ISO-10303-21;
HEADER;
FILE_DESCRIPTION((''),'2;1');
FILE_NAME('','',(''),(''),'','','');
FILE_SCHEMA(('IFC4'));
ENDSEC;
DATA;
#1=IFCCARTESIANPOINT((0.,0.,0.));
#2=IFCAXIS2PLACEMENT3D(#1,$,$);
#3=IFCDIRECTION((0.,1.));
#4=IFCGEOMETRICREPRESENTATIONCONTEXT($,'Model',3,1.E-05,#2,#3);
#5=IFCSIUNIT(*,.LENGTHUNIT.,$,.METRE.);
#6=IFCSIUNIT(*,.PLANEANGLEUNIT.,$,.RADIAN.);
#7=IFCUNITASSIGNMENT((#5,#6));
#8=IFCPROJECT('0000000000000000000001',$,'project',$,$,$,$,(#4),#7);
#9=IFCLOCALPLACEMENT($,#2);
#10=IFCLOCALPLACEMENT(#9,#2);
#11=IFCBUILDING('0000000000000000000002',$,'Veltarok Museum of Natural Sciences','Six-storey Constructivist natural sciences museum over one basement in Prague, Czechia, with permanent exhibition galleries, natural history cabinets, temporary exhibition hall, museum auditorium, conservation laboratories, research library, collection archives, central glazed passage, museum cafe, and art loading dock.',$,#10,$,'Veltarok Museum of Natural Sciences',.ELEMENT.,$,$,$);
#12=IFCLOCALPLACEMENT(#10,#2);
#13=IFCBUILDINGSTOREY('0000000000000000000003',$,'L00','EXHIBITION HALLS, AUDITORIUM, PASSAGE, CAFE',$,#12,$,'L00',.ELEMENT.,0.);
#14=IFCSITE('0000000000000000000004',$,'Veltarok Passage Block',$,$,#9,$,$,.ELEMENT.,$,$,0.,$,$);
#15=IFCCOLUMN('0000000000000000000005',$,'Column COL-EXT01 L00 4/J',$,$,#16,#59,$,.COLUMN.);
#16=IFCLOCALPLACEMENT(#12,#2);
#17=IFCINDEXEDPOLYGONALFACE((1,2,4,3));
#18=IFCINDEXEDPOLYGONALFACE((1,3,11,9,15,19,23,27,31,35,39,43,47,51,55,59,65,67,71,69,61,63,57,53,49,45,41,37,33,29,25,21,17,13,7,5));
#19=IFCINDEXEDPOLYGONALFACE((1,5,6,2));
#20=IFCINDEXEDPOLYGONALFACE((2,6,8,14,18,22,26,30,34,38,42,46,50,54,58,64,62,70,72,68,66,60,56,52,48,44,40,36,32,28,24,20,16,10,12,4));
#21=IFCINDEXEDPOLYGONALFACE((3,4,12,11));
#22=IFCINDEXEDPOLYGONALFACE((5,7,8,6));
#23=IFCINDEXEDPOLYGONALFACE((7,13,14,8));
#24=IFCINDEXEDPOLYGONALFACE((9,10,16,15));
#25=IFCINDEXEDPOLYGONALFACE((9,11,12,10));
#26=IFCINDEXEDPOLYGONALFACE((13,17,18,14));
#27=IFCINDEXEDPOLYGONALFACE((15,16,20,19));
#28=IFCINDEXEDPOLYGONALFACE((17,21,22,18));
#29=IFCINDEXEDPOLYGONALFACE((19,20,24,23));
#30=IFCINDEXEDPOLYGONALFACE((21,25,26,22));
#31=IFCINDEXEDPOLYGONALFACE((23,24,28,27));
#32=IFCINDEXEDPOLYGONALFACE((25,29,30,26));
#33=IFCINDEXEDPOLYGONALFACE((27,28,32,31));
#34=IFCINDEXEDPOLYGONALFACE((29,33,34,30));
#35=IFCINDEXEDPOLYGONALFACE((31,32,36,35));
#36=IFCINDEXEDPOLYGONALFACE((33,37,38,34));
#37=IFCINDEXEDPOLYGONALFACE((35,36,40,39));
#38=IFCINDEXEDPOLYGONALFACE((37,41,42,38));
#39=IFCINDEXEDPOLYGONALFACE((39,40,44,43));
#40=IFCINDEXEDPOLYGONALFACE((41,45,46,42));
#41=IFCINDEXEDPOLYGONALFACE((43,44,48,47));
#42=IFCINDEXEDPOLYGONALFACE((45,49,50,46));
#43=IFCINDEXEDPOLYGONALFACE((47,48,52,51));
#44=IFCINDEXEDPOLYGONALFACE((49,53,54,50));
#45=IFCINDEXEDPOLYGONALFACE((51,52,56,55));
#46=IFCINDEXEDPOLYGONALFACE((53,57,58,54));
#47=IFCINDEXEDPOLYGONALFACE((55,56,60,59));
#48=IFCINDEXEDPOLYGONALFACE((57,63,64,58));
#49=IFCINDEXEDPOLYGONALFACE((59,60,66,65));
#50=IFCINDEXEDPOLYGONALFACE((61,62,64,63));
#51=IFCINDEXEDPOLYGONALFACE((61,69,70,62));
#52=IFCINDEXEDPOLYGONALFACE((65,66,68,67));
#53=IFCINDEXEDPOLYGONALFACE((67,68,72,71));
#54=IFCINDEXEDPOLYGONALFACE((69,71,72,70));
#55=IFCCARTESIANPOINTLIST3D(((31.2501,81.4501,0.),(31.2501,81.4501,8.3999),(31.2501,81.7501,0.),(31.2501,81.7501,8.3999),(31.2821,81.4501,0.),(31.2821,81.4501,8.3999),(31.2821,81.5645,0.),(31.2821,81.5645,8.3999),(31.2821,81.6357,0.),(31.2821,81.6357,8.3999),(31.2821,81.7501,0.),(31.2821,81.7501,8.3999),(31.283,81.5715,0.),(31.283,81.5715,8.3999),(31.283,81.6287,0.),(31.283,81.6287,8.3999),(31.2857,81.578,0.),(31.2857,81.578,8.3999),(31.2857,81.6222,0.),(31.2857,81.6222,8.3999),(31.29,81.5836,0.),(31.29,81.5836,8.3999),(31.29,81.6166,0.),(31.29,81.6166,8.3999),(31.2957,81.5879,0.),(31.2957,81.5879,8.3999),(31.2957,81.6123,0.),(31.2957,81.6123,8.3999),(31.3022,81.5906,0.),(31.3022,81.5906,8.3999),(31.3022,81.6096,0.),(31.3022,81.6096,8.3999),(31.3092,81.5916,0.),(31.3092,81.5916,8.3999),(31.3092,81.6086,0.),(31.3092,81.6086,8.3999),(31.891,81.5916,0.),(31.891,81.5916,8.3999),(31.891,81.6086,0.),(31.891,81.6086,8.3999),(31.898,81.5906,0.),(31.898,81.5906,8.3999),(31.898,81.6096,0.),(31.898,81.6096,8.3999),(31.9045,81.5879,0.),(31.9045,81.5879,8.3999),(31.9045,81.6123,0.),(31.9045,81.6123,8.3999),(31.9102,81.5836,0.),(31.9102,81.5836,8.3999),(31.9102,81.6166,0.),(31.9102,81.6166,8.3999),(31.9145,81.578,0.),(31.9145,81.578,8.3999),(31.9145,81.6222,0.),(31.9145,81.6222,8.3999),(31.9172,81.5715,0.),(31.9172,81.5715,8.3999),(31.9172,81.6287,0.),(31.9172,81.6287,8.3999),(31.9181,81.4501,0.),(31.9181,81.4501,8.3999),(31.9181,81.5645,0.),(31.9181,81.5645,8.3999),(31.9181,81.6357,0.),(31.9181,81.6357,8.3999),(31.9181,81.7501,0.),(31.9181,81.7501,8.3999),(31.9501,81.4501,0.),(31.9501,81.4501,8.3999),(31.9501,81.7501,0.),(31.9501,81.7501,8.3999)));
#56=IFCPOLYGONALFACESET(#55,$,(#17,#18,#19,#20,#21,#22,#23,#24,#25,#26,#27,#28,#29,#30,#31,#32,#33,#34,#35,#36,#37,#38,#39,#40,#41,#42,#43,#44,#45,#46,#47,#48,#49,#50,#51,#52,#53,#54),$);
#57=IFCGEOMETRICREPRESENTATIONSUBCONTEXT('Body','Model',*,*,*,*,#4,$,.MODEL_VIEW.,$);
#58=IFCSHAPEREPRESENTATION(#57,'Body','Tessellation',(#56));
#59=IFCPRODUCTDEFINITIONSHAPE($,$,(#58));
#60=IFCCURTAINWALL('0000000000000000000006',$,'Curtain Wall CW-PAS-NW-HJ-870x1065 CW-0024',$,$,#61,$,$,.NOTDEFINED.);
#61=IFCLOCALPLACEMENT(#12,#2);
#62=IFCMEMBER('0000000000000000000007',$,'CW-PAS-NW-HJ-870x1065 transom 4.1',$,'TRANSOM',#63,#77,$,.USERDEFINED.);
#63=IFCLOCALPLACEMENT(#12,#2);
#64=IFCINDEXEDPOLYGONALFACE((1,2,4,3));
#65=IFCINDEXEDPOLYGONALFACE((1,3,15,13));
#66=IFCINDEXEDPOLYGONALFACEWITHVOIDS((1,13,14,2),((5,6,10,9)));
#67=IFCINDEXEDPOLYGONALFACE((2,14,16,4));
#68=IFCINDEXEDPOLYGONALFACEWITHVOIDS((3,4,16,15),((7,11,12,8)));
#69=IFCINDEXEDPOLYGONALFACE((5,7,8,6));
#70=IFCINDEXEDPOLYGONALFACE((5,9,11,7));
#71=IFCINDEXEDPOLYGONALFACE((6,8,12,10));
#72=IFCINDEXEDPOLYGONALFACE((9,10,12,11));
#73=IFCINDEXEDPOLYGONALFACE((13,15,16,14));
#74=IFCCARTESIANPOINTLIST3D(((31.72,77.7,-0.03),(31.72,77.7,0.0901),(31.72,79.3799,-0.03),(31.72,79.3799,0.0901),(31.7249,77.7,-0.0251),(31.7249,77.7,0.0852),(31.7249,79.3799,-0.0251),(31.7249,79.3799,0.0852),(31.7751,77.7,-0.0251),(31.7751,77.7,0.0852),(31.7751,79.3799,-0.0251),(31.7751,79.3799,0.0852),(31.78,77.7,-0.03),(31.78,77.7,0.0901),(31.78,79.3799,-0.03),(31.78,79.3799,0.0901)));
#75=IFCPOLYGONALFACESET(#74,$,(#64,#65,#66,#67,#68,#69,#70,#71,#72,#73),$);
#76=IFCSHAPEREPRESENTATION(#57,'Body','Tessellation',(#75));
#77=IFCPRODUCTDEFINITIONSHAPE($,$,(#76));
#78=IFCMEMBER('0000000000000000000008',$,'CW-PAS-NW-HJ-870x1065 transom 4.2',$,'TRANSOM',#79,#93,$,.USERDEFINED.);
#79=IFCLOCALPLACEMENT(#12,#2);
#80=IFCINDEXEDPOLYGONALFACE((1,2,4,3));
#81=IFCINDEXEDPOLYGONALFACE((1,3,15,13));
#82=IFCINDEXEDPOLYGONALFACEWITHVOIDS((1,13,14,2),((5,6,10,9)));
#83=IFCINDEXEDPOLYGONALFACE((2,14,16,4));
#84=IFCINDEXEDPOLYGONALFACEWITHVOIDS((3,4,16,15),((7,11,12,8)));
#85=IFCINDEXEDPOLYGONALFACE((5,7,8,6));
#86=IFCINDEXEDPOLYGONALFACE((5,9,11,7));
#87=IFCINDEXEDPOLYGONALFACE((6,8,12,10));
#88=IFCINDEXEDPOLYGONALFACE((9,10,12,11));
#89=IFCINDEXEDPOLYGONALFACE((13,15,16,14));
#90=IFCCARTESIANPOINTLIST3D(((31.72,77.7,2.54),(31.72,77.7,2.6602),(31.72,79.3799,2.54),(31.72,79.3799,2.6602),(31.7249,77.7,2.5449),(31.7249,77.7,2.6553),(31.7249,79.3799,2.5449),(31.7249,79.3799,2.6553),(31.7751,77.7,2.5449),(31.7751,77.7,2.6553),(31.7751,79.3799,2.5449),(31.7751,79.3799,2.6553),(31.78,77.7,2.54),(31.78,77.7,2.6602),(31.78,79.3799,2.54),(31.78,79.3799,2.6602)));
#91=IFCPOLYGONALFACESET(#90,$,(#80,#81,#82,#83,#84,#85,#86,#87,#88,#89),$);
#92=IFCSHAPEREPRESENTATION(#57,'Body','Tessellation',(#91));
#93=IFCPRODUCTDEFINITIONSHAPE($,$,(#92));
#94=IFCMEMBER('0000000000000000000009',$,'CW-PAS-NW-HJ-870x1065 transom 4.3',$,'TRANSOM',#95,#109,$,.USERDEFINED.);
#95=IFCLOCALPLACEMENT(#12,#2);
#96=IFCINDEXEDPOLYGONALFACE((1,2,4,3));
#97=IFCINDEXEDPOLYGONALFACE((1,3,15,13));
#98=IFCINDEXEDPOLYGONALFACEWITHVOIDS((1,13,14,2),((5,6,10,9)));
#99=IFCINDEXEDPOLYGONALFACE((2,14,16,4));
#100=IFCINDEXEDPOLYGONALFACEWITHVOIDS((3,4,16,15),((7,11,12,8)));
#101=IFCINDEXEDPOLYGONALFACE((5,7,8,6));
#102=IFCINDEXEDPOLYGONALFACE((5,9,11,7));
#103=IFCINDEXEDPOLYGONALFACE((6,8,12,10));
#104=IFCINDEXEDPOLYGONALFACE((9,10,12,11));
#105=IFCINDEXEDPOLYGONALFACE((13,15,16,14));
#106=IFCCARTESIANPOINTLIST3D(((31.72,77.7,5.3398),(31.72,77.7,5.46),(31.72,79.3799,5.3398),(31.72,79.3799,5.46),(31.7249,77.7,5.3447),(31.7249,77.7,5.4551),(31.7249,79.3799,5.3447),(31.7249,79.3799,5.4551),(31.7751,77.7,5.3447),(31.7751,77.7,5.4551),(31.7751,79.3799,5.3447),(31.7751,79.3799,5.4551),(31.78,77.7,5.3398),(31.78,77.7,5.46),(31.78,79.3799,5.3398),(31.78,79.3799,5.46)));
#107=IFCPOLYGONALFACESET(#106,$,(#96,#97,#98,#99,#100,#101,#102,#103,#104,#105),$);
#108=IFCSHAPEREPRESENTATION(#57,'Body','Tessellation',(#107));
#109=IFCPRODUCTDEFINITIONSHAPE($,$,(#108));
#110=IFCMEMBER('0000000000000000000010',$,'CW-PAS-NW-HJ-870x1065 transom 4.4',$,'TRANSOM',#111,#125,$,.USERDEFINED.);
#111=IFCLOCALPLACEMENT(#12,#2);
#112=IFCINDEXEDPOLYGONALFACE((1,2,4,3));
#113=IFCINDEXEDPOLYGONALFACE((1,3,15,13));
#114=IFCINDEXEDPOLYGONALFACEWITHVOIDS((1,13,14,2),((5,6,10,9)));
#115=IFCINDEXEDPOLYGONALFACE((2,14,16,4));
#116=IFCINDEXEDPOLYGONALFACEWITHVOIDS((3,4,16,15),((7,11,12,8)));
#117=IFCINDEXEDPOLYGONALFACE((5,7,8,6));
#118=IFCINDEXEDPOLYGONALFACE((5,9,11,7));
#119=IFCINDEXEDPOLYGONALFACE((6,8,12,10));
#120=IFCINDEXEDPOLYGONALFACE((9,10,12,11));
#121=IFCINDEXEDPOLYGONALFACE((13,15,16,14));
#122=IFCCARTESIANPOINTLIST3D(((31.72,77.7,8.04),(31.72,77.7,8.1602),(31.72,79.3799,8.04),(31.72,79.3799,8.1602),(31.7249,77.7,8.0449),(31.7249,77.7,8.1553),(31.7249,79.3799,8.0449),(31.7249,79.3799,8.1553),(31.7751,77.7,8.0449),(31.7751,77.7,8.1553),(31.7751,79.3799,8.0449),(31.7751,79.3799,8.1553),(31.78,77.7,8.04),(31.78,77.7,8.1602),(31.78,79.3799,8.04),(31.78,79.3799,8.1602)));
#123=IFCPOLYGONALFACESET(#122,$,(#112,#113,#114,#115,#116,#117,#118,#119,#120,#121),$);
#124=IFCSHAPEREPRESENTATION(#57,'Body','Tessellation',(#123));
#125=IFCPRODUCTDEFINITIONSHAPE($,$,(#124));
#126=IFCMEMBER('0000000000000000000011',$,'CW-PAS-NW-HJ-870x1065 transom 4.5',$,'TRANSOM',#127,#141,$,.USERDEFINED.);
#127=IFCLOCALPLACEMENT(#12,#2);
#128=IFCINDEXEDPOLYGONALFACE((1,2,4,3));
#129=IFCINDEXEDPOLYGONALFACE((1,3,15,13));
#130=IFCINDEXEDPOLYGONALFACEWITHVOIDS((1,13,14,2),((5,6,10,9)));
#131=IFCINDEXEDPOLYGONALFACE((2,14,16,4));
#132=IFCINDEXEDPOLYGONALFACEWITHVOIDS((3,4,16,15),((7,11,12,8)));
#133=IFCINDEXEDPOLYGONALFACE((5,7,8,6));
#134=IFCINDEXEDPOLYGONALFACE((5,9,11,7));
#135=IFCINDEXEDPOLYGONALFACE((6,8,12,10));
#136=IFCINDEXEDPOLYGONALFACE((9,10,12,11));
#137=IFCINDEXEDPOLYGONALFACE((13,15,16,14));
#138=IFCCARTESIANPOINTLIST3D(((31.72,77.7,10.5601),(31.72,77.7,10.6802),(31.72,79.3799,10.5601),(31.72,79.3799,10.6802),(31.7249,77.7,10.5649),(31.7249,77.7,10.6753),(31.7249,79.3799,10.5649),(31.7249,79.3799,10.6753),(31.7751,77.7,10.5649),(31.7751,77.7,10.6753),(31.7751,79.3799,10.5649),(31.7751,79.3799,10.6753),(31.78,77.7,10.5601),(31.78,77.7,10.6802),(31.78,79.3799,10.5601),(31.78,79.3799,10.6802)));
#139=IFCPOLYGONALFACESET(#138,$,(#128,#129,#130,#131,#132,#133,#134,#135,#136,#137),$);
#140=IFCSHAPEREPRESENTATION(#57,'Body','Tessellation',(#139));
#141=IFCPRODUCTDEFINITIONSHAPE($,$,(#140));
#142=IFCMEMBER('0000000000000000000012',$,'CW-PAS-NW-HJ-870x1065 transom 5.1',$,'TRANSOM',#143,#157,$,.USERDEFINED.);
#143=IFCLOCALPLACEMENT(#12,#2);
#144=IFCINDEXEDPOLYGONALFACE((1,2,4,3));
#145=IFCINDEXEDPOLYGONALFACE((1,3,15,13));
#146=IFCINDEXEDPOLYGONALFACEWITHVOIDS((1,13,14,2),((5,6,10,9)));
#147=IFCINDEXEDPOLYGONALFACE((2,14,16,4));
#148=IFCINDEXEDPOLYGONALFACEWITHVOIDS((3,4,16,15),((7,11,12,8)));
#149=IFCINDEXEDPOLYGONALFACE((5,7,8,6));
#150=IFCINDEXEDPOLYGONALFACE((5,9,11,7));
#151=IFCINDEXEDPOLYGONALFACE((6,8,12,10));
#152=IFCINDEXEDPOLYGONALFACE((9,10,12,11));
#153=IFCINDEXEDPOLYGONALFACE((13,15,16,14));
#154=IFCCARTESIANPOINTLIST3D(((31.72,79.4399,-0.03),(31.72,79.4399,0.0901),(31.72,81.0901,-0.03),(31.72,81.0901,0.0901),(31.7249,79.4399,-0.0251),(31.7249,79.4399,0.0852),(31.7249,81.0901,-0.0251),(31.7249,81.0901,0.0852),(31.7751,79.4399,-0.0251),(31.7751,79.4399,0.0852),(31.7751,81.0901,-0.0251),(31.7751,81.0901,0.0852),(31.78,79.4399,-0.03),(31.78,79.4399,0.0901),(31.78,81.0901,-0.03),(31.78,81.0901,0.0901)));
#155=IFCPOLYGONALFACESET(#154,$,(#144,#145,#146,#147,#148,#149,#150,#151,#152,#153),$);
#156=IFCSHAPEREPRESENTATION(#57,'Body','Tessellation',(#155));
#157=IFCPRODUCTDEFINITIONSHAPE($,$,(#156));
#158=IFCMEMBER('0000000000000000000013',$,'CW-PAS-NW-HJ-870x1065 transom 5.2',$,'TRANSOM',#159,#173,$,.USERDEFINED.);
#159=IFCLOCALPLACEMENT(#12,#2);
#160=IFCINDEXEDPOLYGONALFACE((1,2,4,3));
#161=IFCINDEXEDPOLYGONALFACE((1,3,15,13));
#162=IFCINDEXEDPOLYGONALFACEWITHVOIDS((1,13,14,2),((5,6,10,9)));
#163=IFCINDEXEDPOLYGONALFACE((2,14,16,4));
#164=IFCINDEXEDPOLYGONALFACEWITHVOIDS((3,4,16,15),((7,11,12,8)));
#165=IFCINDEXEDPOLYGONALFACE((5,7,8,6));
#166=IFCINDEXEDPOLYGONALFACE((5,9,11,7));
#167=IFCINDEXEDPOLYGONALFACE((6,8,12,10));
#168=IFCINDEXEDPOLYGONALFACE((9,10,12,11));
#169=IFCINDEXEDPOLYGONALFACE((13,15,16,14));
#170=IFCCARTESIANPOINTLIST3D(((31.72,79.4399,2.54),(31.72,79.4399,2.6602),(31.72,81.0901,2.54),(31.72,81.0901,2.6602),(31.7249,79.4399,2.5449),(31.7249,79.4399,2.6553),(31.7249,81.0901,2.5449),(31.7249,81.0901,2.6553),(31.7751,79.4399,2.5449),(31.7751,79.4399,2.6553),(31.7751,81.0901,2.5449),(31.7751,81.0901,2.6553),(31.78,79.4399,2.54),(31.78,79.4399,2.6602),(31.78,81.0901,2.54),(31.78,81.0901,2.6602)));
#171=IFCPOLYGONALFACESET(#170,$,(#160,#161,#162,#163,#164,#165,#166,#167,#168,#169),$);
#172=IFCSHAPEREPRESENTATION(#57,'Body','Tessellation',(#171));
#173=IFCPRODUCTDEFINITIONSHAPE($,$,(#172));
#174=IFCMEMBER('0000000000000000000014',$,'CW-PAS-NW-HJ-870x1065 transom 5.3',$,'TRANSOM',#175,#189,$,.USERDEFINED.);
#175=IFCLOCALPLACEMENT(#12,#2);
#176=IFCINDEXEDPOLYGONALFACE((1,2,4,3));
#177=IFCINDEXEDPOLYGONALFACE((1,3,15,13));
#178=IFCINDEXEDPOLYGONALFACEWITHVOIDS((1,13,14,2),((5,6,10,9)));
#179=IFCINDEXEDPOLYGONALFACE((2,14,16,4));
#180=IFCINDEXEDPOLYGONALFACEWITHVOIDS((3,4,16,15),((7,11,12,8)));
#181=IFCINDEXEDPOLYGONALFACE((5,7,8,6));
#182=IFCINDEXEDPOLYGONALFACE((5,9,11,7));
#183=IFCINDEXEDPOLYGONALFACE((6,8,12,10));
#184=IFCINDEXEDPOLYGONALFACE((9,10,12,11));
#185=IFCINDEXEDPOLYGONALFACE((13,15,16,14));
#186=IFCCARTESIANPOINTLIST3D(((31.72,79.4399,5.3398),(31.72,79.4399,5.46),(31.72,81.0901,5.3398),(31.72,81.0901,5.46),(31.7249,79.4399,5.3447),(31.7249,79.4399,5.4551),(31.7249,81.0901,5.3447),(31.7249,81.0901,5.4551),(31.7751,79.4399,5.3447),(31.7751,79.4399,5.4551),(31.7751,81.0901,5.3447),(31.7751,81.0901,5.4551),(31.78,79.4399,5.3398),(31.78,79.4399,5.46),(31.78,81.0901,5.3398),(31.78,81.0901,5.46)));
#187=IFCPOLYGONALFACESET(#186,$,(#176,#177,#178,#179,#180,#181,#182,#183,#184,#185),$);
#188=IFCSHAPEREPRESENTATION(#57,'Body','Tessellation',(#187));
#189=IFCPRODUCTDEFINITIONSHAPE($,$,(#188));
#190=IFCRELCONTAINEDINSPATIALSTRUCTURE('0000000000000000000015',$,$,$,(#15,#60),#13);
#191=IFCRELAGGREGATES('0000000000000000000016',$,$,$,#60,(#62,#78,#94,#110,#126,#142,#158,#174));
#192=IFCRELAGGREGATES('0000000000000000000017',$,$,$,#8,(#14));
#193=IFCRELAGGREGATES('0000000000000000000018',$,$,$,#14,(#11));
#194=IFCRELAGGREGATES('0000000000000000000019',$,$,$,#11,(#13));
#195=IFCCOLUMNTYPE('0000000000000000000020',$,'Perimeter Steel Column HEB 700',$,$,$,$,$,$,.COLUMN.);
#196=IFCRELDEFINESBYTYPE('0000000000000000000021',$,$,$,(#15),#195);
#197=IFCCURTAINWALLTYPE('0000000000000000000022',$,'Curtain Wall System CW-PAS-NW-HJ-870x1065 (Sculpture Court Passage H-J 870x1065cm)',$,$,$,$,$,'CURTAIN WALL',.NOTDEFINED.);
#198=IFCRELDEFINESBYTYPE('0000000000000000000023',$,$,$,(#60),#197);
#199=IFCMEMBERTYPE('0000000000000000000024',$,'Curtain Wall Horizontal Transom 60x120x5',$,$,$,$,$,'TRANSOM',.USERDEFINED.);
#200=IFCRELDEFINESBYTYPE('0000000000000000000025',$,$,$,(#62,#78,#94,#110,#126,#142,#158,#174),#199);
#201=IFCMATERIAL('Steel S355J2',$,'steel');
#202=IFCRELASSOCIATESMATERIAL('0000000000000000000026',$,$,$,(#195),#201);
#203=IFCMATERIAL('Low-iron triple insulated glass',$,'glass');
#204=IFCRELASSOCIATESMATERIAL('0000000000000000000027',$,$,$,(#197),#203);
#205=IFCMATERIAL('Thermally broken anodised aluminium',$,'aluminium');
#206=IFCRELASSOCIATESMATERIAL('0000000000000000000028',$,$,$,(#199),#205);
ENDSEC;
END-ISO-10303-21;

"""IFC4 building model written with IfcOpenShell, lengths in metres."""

from ifc_helpers import new_model, si_unit, direction, frame, origin, origin_2d, place, context, subcontext, project, spatial, hollow_rectangle, i_section, extrude, material, material_profile, profile_set, type_object, element, aggregate, save


model = new_model("IFC4")

# Units and contexts
model_context = context("Model", 3, precision=1e-05, world=origin(), true_north=direction((0.0, 1.0)))
body_context = subcontext(model_context, "Body", "Model", "MODEL_VIEW")
ifc_project = project(units=[si_unit("LENGTHUNIT", "METRE"), si_unit("PLANEANGLEUNIT", "RADIAN")], contexts=[model_context])

# Site, building, storey
site_placement = place(None, origin())
site = spatial("IfcSite", under=ifc_project, at=site_placement, Name="Veltarok Passage Block", CompositionType="ELEMENT", RefElevation=0.0)
building_placement = place(site_placement, origin())
building = spatial("IfcBuilding", under=site, at=building_placement, Name="Veltarok Museum of Natural Sciences", Description="Six-storey Constructivist natural sciences museum over one basement in Prague, Czechia, with permanent exhibition galleries, natural history cabinets, temporary exhibition hall, museum auditorium, conservation laboratories, research library, collection archives, central glazed passage, museum cafe, and art loading dock.", LongName="Veltarok Museum of Natural Sciences", CompositionType="ELEMENT")
storey_placement = place(building_placement, origin())
storey = spatial("IfcBuildingStorey", under=building, at=storey_placement, Name="L00", Description="EXHIBITION HALLS, AUDITORIUM, PASSAGE, CAFE", LongName="L00", CompositionType="ELEMENT", Elevation=0.0)

# Column
ifc_material_1 = material(Name="Steel S355J2", Category="steel")
ifc_material_profile_1 = material_profile(ifc_material_1, i_section(OverallWidth=0.3, OverallDepth=0.7, WebThickness=0.0171, FlangeThickness=0.032, FilletRadius=0.0271, at=origin_2d()), Name="HEB 700")
ifc_profile_set_1 = profile_set([ifc_material_profile_1], Name="Steel S355J2")
column_type = type_object("IfcColumnType", Name="Perimeter Steel Column HEB 700", PredefinedType="COLUMN", material=ifc_profile_set_1)
column_placement = place(storey_placement, frame((31.6001, 81.6001, 0.0), z_axis=(0.0, 0.0, 1.0), x_axis=(0.0, 1.0, 0.0)))
element("IfcColumn", 1, at=column_placement, inside=storey, type_object=column_type, Name="Column COL-EXT01 L00 4/J", PredefinedType="COLUMN", context=body_context, shape_type="SweptSolid", body=[
    extrude(i_section(OverallWidth=0.3, OverallDepth=0.7, WebThickness=0.0171, FlangeThickness=0.032, FilletRadius=0.0271, at=origin_2d()), origin(), (0.0, 0.0, 1.0), 8.3999),
])

# Curtain wall, members
ifc_material_2 = material(Name="Low-iron triple insulated glass", Category="glass")
curtain_wall_type_1 = type_object("IfcCurtainWallType", Name="Curtain Wall System CW-PAS-NW-HJ-870x1065 (Sculpture Court Passage H-J 870x1065cm)", ElementType="CURTAIN WALL", PredefinedType="NOTDEFINED", material=ifc_material_2)
curtain_wall_1_placement = place(storey_placement, origin())
curtain_wall_1 = element("IfcCurtainWall", 2, at=curtain_wall_1_placement, inside=storey, type_object=curtain_wall_type_1, Name="Curtain Wall CW-PAS-NW-HJ-870x1065 CW-0024", PredefinedType="NOTDEFINED")
ifc_material_3 = material(Name="Thermally broken anodised aluminium", Category="aluminium")
ifc_material_profile_2 = material_profile(ifc_material_3, hollow_rectangle(XDim=0.0601, YDim=0.1201, WallThickness=0.0049, at=origin_2d()), Name="CW TRANSOM 60x120x5")
ifc_profile_set_2 = profile_set([ifc_material_profile_2], Name="Thermally broken anodised aluminium")
member_type_1 = type_object("IfcMemberType", Name="Curtain Wall Horizontal Transom 60x120x5", ElementType="TRANSOM", PredefinedType="USERDEFINED", material=ifc_profile_set_2)
member_1_placement = place(storey_placement, frame((31.75, 77.7, 0.03), z_axis=(0.0, 1.0, 0.0), x_axis=(-1.0, 0.0, 0.0)))
member_1 = element("IfcMember", 3, at=member_1_placement, type_object=member_type_1, Name="CW-PAS-NW-HJ-870x1065 transom 4.1", ObjectType="TRANSOM", PredefinedType="USERDEFINED", context=body_context, shape_type="SweptSolid", body=[
    extrude(hollow_rectangle(XDim=0.0601, YDim=0.1201, WallThickness=0.0049, at=origin_2d()), origin(), (0.0, 0.0, 1.0), 1.6799),
])
member_2_placement = place(storey_placement, frame((31.75, 77.7, 2.6001), z_axis=(0.0, 1.0, 0.0), x_axis=(-1.0, 0.0, 0.0)))
member_2 = element("IfcMember", 4, at=member_2_placement, type_object=member_type_1, Name="CW-PAS-NW-HJ-870x1065 transom 4.2", ObjectType="TRANSOM", PredefinedType="USERDEFINED", context=body_context, shape_type="SweptSolid", body=[
    extrude(hollow_rectangle(XDim=0.0601, YDim=0.1201, WallThickness=0.0049, at=origin_2d()), origin(), (0.0, 0.0, 1.0), 1.6799),
])
member_3_placement = place(storey_placement, frame((31.75, 77.7, 5.3999), z_axis=(0.0, 1.0, 0.0), x_axis=(-1.0, 0.0, 0.0)))
member_3 = element("IfcMember", 5, at=member_3_placement, type_object=member_type_1, Name="CW-PAS-NW-HJ-870x1065 transom 4.3", ObjectType="TRANSOM", PredefinedType="USERDEFINED", context=body_context, shape_type="SweptSolid", body=[
    extrude(hollow_rectangle(XDim=0.0601, YDim=0.1201, WallThickness=0.0049, at=origin_2d()), origin(), (0.0, 0.0, 1.0), 1.6799),
])
member_4_placement = place(storey_placement, frame((31.75, 77.7, 8.1001), z_axis=(0.0, 1.0, 0.0), x_axis=(-1.0, 0.0, 0.0)))
member_4 = element("IfcMember", 6, at=member_4_placement, type_object=member_type_1, Name="CW-PAS-NW-HJ-870x1065 transom 4.4", ObjectType="TRANSOM", PredefinedType="USERDEFINED", context=body_context, shape_type="SweptSolid", body=[
    extrude(hollow_rectangle(XDim=0.0601, YDim=0.1201, WallThickness=0.0049, at=origin_2d()), origin(), (0.0, 0.0, 1.0), 1.6799),
])
member_5_placement = place(storey_placement, frame((31.75, 77.7, 10.6201), z_axis=(0.0, 1.0, 0.0), x_axis=(-1.0, 0.0, 0.0)))
member_5 = element("IfcMember", 7, at=member_5_placement, type_object=member_type_1, Name="CW-PAS-NW-HJ-870x1065 transom 4.5", ObjectType="TRANSOM", PredefinedType="USERDEFINED", context=body_context, shape_type="SweptSolid", body=[
    extrude(hollow_rectangle(XDim=0.0601, YDim=0.1201, WallThickness=0.0049, at=origin_2d()), origin(), (0.0, 0.0, 1.0), 1.6799),
])
member_6_placement = place(storey_placement, frame((31.75, 79.4399, 0.03), z_axis=(0.0, 1.0, 0.0), x_axis=(-1.0, 0.0, 0.0)))
member_6 = element("IfcMember", 8, at=member_6_placement, type_object=member_type_1, Name="CW-PAS-NW-HJ-870x1065 transom 5.1", ObjectType="TRANSOM", PredefinedType="USERDEFINED", context=body_context, shape_type="SweptSolid", body=[
    extrude(hollow_rectangle(XDim=0.0601, YDim=0.1201, WallThickness=0.0049, at=origin_2d()), origin(), (0.0, 0.0, 1.0), 1.6501),
])
member_7_placement = place(storey_placement, frame((31.75, 79.4399, 2.6001), z_axis=(0.0, 1.0, 0.0), x_axis=(-1.0, 0.0, 0.0)))
member_7 = element("IfcMember", 9, at=member_7_placement, type_object=member_type_1, Name="CW-PAS-NW-HJ-870x1065 transom 5.2", ObjectType="TRANSOM", PredefinedType="USERDEFINED", context=body_context, shape_type="SweptSolid", body=[
    extrude(hollow_rectangle(XDim=0.0601, YDim=0.1201, WallThickness=0.0049, at=origin_2d()), origin(), (0.0, 0.0, 1.0), 1.6501),
])
member_8_placement = place(storey_placement, frame((31.75, 79.4399, 5.3999), z_axis=(0.0, 1.0, 0.0), x_axis=(-1.0, 0.0, 0.0)))
member_8 = element("IfcMember", 10, at=member_8_placement, type_object=member_type_1, Name="CW-PAS-NW-HJ-870x1065 transom 5.3", ObjectType="TRANSOM", PredefinedType="USERDEFINED", context=body_context, shape_type="SweptSolid", body=[
    extrude(hollow_rectangle(XDim=0.0601, YDim=0.1201, WallThickness=0.0049, at=origin_2d()), origin(), (0.0, 0.0, 1.0), 1.6501),
])

aggregate(curtain_wall_1, [member_1, member_2, member_3, member_4, member_5, member_6, member_7, member_8])

save(model, "model.ifc")
